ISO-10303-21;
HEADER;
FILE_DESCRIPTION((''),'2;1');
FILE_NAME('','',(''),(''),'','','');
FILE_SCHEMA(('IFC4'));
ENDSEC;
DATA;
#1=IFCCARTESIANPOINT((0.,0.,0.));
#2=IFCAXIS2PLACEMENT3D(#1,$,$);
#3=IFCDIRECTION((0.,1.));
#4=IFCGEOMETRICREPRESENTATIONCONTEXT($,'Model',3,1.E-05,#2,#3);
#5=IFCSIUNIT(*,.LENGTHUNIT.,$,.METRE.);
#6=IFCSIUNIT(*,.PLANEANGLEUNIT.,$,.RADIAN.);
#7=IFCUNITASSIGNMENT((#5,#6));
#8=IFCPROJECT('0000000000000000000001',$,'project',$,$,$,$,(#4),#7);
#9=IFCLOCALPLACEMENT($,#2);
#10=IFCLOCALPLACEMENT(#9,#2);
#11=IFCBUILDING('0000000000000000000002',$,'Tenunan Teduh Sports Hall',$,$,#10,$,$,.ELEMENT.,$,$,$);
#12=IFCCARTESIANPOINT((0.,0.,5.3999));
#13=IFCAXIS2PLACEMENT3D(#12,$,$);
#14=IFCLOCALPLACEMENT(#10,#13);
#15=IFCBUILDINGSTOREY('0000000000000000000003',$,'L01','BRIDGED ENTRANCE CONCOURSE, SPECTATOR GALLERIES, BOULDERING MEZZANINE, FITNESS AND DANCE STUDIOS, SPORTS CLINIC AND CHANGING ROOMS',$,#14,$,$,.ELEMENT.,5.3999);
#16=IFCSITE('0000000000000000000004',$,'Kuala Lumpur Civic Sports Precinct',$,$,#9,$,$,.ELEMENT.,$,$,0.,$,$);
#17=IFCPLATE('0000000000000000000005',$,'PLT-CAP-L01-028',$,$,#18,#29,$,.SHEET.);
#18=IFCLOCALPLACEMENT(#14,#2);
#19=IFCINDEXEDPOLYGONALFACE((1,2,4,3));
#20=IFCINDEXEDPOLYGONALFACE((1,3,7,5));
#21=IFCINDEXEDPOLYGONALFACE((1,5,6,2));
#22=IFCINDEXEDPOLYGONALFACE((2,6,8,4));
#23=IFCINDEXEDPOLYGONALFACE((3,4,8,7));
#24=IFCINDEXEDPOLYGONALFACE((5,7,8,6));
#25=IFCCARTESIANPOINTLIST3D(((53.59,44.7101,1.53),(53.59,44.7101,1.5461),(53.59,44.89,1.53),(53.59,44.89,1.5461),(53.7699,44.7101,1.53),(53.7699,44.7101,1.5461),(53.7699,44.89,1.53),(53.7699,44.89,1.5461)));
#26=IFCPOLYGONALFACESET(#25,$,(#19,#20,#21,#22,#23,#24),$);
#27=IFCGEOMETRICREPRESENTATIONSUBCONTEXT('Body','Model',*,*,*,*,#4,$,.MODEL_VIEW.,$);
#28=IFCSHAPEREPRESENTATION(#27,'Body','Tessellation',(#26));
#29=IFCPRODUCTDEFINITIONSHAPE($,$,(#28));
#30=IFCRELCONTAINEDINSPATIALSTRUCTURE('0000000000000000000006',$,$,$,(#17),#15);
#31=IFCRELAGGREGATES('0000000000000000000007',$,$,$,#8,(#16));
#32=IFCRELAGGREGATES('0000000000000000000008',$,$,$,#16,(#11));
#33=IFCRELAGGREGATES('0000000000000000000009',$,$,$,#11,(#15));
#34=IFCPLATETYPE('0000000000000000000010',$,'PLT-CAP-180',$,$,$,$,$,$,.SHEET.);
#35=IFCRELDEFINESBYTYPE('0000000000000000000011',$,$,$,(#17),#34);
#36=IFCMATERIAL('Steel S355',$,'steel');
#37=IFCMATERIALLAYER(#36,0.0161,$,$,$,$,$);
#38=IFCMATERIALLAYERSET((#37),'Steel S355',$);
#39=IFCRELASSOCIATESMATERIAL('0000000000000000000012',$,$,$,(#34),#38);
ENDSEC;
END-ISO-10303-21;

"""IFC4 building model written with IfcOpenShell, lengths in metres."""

from ifc_helpers import new_model, si_unit, direction, frame, origin, origin_2d, place, context, subcontext, project, spatial, rectangle, extrude, material, layer, layer_set, type_object, element, save


model = new_model("IFC4")

# Units and contexts
model_context = context("Model", 3, precision=1e-05, world=origin(), true_north=direction((0.0, 1.0)))
body_context = subcontext(model_context, "Body", "Model", "MODEL_VIEW")
ifc_project = project(units=[si_unit("LENGTHUNIT", "METRE"), si_unit("PLANEANGLEUNIT", "RADIAN")], contexts=[model_context])

# Site, building, storey
site_placement = place(None, origin())
site = spatial("IfcSite", under=ifc_project, at=site_placement, Name="Kuala Lumpur Civic Sports Precinct", CompositionType="ELEMENT", RefElevation=0.0)
building_placement = place(site_placement, origin())
building = spatial("IfcBuilding", under=site, at=building_placement, Name="Tenunan Teduh Sports Hall", CompositionType="ELEMENT")
storey_placement = place(building_placement, frame((0.0, 0.0, 5.3999)))
storey = spatial("IfcBuildingStorey", under=building, at=storey_placement, Name="L01", Description="BRIDGED ENTRANCE CONCOURSE, SPECTATOR GALLERIES, BOULDERING MEZZANINE, FITNESS AND DANCE STUDIOS, SPORTS CLINIC AND CHANGING ROOMS", CompositionType="ELEMENT", Elevation=5.3999)

# Plate
ifc_material_1 = material(Name="Steel S355", Category="steel")
ifc_layer = layer(ifc_material_1, 0.0161)
ifc_layer_set = layer_set([ifc_layer], Name="Steel S355")
plate_type = type_object("IfcPlateType", Name="PLT-CAP-180", PredefinedType="SHEET", material=ifc_layer_set)
for number, where, z_axis, x_axis, name in (
    (1, (53.6799, 44.8, 1.53), (0.0, 0.0, 1.0), (1.0, 0.0, 0.0), "PLT-CAP-L01-028"),
):
    element("IfcPlate", number, at=place(storey_placement, frame(where, z_axis=z_axis, x_axis=x_axis)), inside=storey, type_object=plate_type, Name=name, PredefinedType="SHEET", context=body_context, shape_type="SweptSolid", body=[
        extrude(rectangle(XDim=0.1799, YDim=0.1799, at=origin_2d()), origin(), (0.0, 0.0, 1.0), 0.0161),
    ])

save(model, "model.ifc")
